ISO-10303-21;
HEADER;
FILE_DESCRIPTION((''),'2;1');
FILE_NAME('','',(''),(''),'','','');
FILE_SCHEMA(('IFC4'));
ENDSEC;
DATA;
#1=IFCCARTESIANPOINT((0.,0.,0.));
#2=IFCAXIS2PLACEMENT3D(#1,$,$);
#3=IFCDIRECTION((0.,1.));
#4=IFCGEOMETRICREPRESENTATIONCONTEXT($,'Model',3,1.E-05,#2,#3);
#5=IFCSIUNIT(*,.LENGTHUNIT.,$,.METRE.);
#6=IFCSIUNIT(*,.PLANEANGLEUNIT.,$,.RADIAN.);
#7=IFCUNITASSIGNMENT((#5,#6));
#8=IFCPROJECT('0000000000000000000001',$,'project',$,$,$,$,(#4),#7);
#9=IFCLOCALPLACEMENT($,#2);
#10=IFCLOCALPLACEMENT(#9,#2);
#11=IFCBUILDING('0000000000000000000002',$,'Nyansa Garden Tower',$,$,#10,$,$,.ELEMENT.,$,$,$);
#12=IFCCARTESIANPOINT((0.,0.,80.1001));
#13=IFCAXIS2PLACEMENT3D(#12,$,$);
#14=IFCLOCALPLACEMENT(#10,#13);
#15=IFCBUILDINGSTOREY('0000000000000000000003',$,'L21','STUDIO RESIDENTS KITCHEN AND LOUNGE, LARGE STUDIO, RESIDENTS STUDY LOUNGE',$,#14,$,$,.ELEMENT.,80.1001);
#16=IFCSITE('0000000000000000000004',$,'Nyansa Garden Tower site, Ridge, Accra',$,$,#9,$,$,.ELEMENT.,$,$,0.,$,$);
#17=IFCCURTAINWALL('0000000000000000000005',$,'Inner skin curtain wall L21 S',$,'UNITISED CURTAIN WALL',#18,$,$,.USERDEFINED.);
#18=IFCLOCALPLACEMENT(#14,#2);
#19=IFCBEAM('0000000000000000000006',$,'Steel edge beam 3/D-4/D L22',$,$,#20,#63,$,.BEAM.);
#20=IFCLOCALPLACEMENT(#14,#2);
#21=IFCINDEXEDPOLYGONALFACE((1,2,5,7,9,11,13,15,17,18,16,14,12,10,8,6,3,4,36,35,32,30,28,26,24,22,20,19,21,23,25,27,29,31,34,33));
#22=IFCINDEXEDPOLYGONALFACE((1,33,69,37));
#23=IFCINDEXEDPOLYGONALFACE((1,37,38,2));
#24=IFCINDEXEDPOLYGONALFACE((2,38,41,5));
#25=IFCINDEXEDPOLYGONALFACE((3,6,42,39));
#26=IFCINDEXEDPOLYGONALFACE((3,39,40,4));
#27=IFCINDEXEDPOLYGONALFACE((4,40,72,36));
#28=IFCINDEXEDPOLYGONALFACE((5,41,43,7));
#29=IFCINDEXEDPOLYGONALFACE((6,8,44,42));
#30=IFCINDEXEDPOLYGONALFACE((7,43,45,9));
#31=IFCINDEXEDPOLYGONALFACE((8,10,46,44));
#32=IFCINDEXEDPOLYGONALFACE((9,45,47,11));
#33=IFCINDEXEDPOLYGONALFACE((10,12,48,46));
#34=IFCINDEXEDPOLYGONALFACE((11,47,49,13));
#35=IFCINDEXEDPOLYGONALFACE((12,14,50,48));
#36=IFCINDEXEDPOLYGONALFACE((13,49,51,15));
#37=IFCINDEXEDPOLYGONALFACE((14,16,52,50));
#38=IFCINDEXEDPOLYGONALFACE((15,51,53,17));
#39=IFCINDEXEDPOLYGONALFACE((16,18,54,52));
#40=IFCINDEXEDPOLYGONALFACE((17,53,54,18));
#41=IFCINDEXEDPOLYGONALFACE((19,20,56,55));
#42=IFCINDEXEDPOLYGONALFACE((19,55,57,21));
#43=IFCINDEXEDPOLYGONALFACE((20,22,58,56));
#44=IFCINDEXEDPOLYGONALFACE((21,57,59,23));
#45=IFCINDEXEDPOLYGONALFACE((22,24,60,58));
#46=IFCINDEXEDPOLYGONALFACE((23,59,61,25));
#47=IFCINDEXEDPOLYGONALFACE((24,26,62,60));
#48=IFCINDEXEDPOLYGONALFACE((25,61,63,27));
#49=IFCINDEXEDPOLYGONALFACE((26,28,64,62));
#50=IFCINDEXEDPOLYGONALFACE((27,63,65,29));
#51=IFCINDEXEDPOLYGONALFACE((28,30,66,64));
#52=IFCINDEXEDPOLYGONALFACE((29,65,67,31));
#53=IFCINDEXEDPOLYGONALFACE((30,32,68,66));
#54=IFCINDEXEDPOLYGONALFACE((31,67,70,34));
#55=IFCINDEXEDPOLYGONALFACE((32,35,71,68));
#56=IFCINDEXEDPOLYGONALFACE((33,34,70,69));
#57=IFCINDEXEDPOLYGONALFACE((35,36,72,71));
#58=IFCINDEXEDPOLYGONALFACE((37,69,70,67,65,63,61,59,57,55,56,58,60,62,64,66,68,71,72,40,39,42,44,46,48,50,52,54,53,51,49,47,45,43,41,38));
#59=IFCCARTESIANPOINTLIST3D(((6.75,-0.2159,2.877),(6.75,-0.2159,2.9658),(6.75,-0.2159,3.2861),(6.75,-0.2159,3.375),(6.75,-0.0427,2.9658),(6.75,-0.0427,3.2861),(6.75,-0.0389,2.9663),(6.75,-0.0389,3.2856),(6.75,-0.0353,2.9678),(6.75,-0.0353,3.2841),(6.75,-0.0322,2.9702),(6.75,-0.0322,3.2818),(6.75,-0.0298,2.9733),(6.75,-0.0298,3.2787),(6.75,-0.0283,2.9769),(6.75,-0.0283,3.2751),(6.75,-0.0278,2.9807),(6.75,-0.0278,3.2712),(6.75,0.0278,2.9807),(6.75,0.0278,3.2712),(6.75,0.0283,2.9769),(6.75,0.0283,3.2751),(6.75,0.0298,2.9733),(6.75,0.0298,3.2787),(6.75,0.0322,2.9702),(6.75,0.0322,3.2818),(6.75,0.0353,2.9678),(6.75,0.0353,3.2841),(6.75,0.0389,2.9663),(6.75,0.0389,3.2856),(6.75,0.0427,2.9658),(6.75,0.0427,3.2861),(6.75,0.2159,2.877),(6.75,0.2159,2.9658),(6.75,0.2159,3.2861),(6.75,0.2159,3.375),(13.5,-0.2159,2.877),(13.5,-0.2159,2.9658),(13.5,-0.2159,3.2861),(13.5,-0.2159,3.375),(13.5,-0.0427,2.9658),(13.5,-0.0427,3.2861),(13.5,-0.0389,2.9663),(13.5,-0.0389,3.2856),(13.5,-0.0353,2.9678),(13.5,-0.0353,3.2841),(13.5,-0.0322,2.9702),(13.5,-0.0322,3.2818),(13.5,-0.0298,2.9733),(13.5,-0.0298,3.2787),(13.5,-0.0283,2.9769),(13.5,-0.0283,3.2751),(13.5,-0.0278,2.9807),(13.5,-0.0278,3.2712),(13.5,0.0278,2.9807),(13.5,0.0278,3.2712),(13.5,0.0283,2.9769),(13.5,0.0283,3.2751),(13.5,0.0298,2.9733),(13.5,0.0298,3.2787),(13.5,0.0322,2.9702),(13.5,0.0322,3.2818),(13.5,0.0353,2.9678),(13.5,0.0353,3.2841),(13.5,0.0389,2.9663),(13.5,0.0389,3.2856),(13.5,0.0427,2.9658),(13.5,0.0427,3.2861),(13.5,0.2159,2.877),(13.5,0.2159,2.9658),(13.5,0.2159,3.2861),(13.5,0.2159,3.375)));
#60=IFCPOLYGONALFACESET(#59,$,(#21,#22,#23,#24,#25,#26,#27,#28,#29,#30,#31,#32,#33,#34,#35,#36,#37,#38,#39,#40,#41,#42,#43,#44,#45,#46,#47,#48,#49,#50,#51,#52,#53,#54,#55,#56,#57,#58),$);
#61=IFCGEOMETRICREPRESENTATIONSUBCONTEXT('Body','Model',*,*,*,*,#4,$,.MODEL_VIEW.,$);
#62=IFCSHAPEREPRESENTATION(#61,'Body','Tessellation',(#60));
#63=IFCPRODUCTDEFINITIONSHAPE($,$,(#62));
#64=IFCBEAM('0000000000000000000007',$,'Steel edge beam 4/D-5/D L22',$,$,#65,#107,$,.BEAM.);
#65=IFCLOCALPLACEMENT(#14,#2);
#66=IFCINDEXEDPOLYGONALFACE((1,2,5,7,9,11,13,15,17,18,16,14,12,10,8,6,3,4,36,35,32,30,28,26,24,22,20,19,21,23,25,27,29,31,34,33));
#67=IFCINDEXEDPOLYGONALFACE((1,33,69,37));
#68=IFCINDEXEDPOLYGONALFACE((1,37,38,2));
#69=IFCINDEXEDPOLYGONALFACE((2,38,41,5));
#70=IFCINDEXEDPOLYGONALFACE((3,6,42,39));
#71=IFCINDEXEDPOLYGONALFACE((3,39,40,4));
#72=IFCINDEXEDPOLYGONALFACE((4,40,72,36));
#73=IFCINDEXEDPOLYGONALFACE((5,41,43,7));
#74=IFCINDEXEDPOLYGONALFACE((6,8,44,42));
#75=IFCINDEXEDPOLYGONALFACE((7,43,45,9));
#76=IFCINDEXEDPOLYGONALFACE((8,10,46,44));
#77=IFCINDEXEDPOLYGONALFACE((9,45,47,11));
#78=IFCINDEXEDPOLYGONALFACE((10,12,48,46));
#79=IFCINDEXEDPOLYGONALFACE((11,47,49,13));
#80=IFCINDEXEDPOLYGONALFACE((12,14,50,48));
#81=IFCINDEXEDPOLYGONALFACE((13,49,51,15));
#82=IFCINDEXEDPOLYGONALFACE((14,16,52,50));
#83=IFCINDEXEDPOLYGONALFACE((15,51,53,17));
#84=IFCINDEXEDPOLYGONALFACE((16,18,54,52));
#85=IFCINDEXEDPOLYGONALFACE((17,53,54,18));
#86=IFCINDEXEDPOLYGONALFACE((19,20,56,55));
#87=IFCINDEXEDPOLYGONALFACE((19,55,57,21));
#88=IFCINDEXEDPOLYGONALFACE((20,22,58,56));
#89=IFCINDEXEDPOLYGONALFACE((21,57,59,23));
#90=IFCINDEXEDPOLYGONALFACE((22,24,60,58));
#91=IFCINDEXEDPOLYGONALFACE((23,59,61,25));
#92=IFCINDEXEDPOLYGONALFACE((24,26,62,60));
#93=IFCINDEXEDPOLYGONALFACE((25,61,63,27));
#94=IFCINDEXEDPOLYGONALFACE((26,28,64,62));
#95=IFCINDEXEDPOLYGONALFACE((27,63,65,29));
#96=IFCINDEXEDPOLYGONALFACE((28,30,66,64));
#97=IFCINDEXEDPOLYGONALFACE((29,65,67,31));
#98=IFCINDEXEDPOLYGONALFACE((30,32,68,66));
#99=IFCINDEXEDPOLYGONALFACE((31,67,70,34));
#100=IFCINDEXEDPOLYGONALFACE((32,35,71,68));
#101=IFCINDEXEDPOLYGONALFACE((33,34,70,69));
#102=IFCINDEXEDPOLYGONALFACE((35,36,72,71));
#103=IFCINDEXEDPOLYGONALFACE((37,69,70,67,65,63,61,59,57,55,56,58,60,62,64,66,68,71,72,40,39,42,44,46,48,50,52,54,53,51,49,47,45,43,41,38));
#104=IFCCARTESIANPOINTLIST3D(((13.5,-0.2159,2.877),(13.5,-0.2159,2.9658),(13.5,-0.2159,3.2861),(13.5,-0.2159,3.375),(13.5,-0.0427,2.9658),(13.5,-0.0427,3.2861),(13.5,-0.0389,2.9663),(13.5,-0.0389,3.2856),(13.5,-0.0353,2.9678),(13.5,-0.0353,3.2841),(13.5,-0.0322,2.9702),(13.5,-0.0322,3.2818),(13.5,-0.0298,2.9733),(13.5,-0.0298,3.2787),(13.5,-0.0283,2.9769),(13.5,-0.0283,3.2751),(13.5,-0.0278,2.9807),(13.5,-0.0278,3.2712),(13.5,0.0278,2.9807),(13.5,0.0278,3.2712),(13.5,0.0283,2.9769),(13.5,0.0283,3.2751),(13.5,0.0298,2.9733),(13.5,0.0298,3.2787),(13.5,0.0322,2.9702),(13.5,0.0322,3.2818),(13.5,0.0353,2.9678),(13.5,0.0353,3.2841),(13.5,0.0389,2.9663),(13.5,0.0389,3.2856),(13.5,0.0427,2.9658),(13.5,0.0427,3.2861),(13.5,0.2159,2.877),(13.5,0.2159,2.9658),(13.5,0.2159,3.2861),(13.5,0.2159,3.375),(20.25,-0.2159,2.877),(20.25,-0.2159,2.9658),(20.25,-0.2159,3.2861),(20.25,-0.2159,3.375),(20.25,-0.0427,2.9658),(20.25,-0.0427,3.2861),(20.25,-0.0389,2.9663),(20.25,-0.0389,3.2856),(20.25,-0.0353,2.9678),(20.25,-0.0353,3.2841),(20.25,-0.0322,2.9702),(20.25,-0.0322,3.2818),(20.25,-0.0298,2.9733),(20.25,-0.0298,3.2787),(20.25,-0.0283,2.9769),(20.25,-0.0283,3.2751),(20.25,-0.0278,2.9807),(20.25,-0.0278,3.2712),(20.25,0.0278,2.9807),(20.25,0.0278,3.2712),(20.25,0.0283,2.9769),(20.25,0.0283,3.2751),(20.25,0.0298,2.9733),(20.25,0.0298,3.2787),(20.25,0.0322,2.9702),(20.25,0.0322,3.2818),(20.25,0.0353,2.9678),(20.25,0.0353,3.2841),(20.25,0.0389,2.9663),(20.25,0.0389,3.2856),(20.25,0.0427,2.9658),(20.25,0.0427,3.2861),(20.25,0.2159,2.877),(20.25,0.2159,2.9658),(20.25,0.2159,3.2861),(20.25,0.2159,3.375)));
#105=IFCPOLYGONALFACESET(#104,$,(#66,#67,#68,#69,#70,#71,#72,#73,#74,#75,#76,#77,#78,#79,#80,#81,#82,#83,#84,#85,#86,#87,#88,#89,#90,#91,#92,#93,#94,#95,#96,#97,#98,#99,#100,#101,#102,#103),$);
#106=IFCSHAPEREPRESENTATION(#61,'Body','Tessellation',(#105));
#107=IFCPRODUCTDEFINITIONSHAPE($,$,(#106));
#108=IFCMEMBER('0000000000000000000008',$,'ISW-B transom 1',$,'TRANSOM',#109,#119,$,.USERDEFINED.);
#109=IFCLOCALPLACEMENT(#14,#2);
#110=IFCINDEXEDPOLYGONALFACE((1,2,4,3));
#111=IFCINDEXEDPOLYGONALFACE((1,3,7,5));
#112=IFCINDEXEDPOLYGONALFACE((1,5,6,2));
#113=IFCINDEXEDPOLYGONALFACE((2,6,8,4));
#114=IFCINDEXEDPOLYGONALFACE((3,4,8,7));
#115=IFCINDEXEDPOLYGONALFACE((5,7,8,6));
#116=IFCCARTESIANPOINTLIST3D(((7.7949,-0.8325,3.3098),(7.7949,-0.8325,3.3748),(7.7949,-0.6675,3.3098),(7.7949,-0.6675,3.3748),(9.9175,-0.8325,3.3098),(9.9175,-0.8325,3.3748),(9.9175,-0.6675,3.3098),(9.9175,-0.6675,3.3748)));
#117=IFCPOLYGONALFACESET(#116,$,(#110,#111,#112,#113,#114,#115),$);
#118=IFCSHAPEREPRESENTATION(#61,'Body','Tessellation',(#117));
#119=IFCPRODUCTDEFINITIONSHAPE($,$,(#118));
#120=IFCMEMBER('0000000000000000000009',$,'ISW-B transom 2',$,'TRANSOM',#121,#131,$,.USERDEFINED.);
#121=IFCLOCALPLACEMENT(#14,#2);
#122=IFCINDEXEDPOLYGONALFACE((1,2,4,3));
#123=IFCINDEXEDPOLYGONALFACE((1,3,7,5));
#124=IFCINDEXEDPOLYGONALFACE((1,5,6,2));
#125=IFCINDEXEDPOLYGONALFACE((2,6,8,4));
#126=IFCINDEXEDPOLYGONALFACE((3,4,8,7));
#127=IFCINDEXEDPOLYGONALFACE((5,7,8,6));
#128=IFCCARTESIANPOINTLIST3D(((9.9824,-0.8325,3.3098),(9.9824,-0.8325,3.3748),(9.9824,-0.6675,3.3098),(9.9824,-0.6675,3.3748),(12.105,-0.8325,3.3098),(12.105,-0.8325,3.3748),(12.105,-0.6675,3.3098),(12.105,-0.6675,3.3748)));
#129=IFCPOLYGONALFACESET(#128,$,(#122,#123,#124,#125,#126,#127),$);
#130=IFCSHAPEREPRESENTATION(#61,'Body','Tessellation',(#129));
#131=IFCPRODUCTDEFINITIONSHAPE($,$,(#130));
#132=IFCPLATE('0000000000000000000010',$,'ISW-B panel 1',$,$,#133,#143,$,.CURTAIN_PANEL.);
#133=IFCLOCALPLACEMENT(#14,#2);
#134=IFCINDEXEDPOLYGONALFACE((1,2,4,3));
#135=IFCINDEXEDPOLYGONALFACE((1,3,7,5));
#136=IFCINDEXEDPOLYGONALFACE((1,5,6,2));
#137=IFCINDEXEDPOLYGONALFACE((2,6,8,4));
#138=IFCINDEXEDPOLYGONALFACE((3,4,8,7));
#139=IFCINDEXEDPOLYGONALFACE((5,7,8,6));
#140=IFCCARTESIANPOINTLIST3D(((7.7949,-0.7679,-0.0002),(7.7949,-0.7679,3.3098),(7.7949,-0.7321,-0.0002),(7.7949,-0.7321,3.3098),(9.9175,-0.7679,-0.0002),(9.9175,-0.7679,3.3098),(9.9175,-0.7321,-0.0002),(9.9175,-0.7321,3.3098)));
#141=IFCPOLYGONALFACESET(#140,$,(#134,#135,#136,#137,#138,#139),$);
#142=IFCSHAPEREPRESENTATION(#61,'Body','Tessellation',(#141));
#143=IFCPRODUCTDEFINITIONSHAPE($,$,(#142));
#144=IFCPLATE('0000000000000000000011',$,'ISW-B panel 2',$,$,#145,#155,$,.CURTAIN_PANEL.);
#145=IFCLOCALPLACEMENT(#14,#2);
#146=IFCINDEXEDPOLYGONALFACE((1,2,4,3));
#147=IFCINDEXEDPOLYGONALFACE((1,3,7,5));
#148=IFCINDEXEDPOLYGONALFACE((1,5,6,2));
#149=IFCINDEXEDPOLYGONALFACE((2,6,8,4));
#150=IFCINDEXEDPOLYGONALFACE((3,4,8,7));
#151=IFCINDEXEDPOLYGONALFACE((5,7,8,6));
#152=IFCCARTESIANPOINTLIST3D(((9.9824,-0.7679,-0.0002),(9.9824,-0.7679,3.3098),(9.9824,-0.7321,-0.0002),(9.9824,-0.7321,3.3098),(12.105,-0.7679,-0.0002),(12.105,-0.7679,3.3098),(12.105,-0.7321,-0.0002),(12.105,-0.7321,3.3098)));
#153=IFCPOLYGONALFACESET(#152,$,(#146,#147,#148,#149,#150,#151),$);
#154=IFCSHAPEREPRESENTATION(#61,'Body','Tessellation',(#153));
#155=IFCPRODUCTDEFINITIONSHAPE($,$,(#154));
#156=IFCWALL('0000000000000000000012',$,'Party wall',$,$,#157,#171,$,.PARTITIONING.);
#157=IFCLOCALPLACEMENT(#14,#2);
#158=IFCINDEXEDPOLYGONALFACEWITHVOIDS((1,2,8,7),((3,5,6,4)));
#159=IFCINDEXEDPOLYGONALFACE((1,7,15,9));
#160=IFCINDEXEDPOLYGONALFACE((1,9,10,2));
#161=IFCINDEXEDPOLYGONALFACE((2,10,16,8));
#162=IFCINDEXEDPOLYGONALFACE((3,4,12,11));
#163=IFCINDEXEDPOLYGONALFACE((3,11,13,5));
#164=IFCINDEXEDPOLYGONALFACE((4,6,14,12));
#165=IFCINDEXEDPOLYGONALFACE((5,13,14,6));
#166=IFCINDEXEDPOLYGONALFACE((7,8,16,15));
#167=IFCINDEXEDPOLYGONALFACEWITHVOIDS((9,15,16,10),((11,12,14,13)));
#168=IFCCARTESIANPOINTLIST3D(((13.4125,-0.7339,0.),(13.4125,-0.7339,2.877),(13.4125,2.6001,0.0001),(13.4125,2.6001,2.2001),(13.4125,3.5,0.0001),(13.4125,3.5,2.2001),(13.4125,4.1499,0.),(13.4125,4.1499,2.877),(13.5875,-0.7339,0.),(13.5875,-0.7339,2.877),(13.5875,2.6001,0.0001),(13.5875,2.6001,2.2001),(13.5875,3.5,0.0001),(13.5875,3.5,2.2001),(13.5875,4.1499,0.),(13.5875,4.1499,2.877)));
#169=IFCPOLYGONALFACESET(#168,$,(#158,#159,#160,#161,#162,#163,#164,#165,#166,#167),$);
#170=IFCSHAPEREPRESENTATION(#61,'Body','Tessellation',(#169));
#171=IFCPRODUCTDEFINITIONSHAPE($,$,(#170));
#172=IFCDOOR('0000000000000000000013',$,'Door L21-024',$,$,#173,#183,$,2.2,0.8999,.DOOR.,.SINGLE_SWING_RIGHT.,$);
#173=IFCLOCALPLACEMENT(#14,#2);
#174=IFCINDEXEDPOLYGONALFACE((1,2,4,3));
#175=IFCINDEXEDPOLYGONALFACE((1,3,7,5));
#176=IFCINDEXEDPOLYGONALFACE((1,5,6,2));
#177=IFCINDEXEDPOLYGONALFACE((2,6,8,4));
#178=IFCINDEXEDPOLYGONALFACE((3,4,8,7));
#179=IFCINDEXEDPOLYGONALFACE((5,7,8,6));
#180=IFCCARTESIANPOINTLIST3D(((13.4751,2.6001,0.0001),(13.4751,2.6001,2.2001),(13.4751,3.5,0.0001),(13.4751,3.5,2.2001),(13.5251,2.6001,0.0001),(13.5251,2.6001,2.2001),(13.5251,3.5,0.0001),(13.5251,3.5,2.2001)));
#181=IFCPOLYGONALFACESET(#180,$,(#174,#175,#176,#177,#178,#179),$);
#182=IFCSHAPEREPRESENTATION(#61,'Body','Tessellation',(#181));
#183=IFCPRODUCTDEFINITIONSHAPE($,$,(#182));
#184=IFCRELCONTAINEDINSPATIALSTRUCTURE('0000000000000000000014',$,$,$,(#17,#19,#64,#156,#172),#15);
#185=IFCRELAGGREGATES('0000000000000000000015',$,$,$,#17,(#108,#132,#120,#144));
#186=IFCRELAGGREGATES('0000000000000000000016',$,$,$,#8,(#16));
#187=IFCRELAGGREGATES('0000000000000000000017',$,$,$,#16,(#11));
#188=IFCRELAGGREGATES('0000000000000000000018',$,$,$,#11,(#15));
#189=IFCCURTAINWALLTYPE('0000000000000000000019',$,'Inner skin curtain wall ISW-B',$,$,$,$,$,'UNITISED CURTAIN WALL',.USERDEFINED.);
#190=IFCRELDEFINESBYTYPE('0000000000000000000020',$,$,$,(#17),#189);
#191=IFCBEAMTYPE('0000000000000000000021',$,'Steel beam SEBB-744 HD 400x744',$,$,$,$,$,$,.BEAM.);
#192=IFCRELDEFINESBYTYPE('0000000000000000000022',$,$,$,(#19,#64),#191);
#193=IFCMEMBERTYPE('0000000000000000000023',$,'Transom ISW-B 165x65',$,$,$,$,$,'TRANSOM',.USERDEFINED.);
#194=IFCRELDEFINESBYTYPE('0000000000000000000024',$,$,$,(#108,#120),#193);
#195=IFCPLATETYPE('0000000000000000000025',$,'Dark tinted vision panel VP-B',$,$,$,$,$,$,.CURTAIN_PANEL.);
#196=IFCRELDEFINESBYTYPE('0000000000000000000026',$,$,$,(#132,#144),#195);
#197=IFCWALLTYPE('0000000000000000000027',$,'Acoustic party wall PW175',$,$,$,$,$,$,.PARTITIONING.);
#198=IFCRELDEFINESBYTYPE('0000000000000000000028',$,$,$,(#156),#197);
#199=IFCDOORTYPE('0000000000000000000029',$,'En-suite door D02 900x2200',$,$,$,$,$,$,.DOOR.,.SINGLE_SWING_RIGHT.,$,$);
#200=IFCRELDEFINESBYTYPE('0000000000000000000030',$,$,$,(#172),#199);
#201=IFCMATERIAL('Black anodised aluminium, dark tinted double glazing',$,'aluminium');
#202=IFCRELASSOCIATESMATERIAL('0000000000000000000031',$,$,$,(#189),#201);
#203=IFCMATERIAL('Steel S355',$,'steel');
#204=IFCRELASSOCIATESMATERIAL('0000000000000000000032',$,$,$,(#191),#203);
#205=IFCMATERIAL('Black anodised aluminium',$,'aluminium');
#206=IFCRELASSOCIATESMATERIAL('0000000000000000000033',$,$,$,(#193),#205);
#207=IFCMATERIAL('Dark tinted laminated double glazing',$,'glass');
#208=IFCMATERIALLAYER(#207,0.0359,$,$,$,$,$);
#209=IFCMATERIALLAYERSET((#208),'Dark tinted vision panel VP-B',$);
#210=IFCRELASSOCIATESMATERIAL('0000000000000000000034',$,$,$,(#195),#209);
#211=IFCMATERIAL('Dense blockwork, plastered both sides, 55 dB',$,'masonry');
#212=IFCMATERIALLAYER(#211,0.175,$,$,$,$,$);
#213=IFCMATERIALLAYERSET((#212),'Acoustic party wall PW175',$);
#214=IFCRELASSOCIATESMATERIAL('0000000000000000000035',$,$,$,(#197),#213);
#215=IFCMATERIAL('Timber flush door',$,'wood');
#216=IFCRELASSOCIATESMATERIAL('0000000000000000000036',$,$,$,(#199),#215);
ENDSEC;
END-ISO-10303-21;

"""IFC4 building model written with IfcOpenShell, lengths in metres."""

from ifc_helpers import new_model, si_unit, direction, frame, frame_2d, origin, origin_2d, place, context, subcontext, project, spatial, rectangle, i_section, extrude, material, layer, layer_set, material_profile, profile_set, type_object, element, fill, aggregate, save


model = new_model("IFC4")

# Units and contexts
model_context = context("Model", 3, precision=1e-05, world=origin(), true_north=direction((0.0, 1.0)))
body_context = subcontext(model_context, "Body", "Model", "MODEL_VIEW")
ifc_project = project(units=[si_unit("LENGTHUNIT", "METRE"), si_unit("PLANEANGLEUNIT", "RADIAN")], contexts=[model_context])

# Site, building, storey
site_placement = place(None, origin())
site = spatial("IfcSite", under=ifc_project, at=site_placement, Name="Nyansa Garden Tower site, Ridge, Accra", CompositionType="ELEMENT", RefElevation=0.0)
building_placement = place(site_placement, origin())
building = spatial("IfcBuilding", under=site, at=building_placement, Name="Nyansa Garden Tower", CompositionType="ELEMENT")
storey_placement = place(building_placement, frame((0.0, 0.0, 80.1001)))
storey = spatial("IfcBuildingStorey", under=building, at=storey_placement, Name="L21", Description="STUDIO RESIDENTS KITCHEN AND LOUNGE, LARGE STUDIO, RESIDENTS STUDY LOUNGE", CompositionType="ELEMENT", Elevation=80.1001)

# Curtain wall
ifc_material_1 = material(Name="Black anodised aluminium, dark tinted double glazing", Category="aluminium")
curtain_wall_type = type_object("IfcCurtainWallType", Name="Inner skin curtain wall ISW-B", ElementType="UNITISED CURTAIN WALL", PredefinedType="USERDEFINED", material=ifc_material_1)
curtain_wall_placement = place(storey_placement, origin())
curtain_wall = element("IfcCurtainWall", 1, at=curtain_wall_placement, inside=storey, type_object=curtain_wall_type, Name="Inner skin curtain wall L21 S", ObjectType="UNITISED CURTAIN WALL", PredefinedType="USERDEFINED")

# Beams
ifc_material_2 = material(Name="Steel S355", Category="steel")
ifc_material_profile_1 = material_profile(ifc_material_2, i_section(OverallWidth=0.4319, OverallDepth=0.498, WebThickness=0.0557, FlangeThickness=0.0889, FilletRadius=0.0149, at=origin_2d()), Name="HD 400x744")
ifc_profile_set_1 = profile_set([ifc_material_profile_1], Name="Steel S355")
beam_type_1 = type_object("IfcBeamType", Name="Steel beam SEBB-744 HD 400x744", PredefinedType="BEAM", material=ifc_profile_set_1)
for number, where, z_axis, x_axis, name in (
    (2, (6.75, 0.0, 3.126), (1.0, 0.0, 0.0), (0.0, 1.0, 0.0), "Steel edge beam 3/D-4/D L22"),
    (3, (13.5, 0.0, 3.126), (1.0, 0.0, 0.0), (0.0, 1.0, 0.0), "Steel edge beam 4/D-5/D L22"),
):
    element("IfcBeam", number, at=place(storey_placement, frame(where, z_axis=z_axis, x_axis=x_axis)), inside=storey, type_object=beam_type_1, Name=name, PredefinedType="BEAM", context=body_context, shape_type="SweptSolid", body=[
        extrude(i_section(OverallWidth=0.4319, OverallDepth=0.498, WebThickness=0.0557, FlangeThickness=0.0889, FilletRadius=0.0149, at=origin_2d()), origin(), (0.0, 0.0, 1.0), 6.75),
    ])

# Members
ifc_material_3 = material(Name="Black anodised aluminium", Category="aluminium")
ifc_material_profile_2 = material_profile(ifc_material_3, rectangle(XDim=0.165, YDim=0.0649, at=origin_2d()), Name="Transom 165x65")
ifc_profile_set_2 = profile_set([ifc_material_profile_2], Name="Black anodised aluminium")
member_type_1 = type_object("IfcMemberType", Name="Transom ISW-B 165x65", ElementType="TRANSOM", PredefinedType="USERDEFINED", material=ifc_profile_set_2)
member_1_placement = place(storey_placement, frame((7.7949, -0.75, 3.3423), z_axis=(1.0, 0.0, 0.0), x_axis=(0.0, 1.0, 0.0)))
member_1 = element("IfcMember", 4, at=member_1_placement, type_object=member_type_1, Name="ISW-B transom 1", ObjectType="TRANSOM", PredefinedType="USERDEFINED", context=body_context, shape_type="SweptSolid", body=[
    extrude(rectangle(XDim=0.165, YDim=0.0649, at=origin_2d()), origin(), (0.0, 0.0, 1.0), 2.1226),
])
member_2_placement = place(storey_placement, frame((9.9824, -0.75, 3.3423), z_axis=(1.0, 0.0, 0.0), x_axis=(0.0, 1.0, 0.0)))
member_2 = element("IfcMember", 5, at=member_2_placement, type_object=member_type_1, Name="ISW-B transom 2", ObjectType="TRANSOM", PredefinedType="USERDEFINED", context=body_context, shape_type="SweptSolid", body=[
    extrude(rectangle(XDim=0.165, YDim=0.0649, at=origin_2d()), origin(), (0.0, 0.0, 1.0), 2.1226),
])

# Plates
ifc_material_4 = material(Name="Dark tinted laminated double glazing", Category="glass")
ifc_layer_1 = layer(ifc_material_4, 0.0359)
ifc_layer_set_1 = layer_set([ifc_layer_1], Name="Dark tinted vision panel VP-B")
plate_type = type_object("IfcPlateType", Name="Dark tinted vision panel VP-B", PredefinedType="CURTAIN_PANEL", material=ifc_layer_set_1)
plate_1_placement = place(storey_placement, frame((8.8562, -0.75, -0.0002), z_axis=(0.0, 0.0, 1.0), x_axis=(1.0, 0.0, 0.0)))
plate_1 = element("IfcPlate", 6, at=plate_1_placement, type_object=plate_type, Name="ISW-B panel 1", PredefinedType="CURTAIN_PANEL", context=body_context, shape_type="SweptSolid", body=[
    extrude(rectangle(XDim=2.1226, YDim=0.0359, at=origin_2d()), origin(), (0.0, 0.0, 1.0), 3.3101),
])
plate_2_placement = place(storey_placement, frame((11.0437, -0.75, -0.0002), z_axis=(0.0, 0.0, 1.0), x_axis=(1.0, 0.0, 0.0)))
plate_2 = element("IfcPlate", 7, at=plate_2_placement, type_object=plate_type, Name="ISW-B panel 2", PredefinedType="CURTAIN_PANEL", context=body_context, shape_type="SweptSolid", body=[
    extrude(rectangle(XDim=2.1226, YDim=0.0359, at=origin_2d()), origin(), (0.0, 0.0, 1.0), 3.3101),
])
aggregate(curtain_wall, [member_1, plate_1, member_2, plate_2])

# Wall, opening, door
ifc_material_5 = material(Name="Dense blockwork, plastered both sides, 55 dB", Category="masonry")
ifc_layer_2 = layer(ifc_material_5, 0.175)
ifc_layer_set_2 = layer_set([ifc_layer_2], Name="Acoustic party wall PW175")
wall_type_1 = type_object("IfcWallType", Name="Acoustic party wall PW175", PredefinedType="PARTITIONING", material=ifc_layer_set_2)
wall_1_placement = place(storey_placement, frame((13.5, -0.7339, 0.0), z_axis=(0.0, 0.0, 1.0), x_axis=(0.0, 1.0, 0.0)))
wall_1 = element("IfcWall", 8, at=wall_1_placement, inside=storey, type_object=wall_type_1, Name="Party wall", PredefinedType="PARTITIONING", context=body_context, shape_type="SweptSolid", body=[
    extrude(rectangle(XDim=4.8838, YDim=0.175, at=frame_2d((2.4419, 0.0))), origin(), (0.0, 0.0, 1.0), 2.877),
])
opening_1_placement = place(wall_1_placement, frame((3.334, 0.0, 0.0)))
opening_1 = element("IfcOpeningElement", 9, at=opening_1_placement, cuts=wall_1, PredefinedType="OPENING", context=body_context, shape_type="SweptSolid", body=[
    extrude(rectangle(XDim=0.8999, YDim=2.2, at=frame_2d((0.45, 1.1001))), frame((0.0, 0.0974, 0.0), z_axis=(0.0, -1.0, 0.0), x_axis=(1.0, 0.0, 0.0)), (0.0, 0.0, 1.0), 0.1951),
])
ifc_material_6 = material(Name="Timber flush door", Category="wood")
door_type_1 = type_object("IfcDoorType", Name="En-suite door D02 900x2200", OperationType="SINGLE_SWING_RIGHT", PredefinedType="DOOR", material=ifc_material_6)
door_1_placement = place(opening_1_placement, origin())
door_1 = element("IfcDoor", 10, at=door_1_placement, inside=storey, type_object=door_type_1, Name="Door L21-024", OperationType="SINGLE_SWING_RIGHT", OverallHeight=2.2, OverallWidth=0.8999, PredefinedType="DOOR", context=body_context, shape_type="SweptSolid", body=[
    extrude(rectangle(XDim=0.8999, YDim=2.2, at=frame_2d((0.45, 1.1001))), frame((0.0, 0.0249, 0.0), z_axis=(0.0, -1.0, 0.0), x_axis=(1.0, 0.0, 0.0)), (0.0, 0.0, 1.0), 0.05),
])
fill(opening_1, door_1)

save(model, "model.ifc")
